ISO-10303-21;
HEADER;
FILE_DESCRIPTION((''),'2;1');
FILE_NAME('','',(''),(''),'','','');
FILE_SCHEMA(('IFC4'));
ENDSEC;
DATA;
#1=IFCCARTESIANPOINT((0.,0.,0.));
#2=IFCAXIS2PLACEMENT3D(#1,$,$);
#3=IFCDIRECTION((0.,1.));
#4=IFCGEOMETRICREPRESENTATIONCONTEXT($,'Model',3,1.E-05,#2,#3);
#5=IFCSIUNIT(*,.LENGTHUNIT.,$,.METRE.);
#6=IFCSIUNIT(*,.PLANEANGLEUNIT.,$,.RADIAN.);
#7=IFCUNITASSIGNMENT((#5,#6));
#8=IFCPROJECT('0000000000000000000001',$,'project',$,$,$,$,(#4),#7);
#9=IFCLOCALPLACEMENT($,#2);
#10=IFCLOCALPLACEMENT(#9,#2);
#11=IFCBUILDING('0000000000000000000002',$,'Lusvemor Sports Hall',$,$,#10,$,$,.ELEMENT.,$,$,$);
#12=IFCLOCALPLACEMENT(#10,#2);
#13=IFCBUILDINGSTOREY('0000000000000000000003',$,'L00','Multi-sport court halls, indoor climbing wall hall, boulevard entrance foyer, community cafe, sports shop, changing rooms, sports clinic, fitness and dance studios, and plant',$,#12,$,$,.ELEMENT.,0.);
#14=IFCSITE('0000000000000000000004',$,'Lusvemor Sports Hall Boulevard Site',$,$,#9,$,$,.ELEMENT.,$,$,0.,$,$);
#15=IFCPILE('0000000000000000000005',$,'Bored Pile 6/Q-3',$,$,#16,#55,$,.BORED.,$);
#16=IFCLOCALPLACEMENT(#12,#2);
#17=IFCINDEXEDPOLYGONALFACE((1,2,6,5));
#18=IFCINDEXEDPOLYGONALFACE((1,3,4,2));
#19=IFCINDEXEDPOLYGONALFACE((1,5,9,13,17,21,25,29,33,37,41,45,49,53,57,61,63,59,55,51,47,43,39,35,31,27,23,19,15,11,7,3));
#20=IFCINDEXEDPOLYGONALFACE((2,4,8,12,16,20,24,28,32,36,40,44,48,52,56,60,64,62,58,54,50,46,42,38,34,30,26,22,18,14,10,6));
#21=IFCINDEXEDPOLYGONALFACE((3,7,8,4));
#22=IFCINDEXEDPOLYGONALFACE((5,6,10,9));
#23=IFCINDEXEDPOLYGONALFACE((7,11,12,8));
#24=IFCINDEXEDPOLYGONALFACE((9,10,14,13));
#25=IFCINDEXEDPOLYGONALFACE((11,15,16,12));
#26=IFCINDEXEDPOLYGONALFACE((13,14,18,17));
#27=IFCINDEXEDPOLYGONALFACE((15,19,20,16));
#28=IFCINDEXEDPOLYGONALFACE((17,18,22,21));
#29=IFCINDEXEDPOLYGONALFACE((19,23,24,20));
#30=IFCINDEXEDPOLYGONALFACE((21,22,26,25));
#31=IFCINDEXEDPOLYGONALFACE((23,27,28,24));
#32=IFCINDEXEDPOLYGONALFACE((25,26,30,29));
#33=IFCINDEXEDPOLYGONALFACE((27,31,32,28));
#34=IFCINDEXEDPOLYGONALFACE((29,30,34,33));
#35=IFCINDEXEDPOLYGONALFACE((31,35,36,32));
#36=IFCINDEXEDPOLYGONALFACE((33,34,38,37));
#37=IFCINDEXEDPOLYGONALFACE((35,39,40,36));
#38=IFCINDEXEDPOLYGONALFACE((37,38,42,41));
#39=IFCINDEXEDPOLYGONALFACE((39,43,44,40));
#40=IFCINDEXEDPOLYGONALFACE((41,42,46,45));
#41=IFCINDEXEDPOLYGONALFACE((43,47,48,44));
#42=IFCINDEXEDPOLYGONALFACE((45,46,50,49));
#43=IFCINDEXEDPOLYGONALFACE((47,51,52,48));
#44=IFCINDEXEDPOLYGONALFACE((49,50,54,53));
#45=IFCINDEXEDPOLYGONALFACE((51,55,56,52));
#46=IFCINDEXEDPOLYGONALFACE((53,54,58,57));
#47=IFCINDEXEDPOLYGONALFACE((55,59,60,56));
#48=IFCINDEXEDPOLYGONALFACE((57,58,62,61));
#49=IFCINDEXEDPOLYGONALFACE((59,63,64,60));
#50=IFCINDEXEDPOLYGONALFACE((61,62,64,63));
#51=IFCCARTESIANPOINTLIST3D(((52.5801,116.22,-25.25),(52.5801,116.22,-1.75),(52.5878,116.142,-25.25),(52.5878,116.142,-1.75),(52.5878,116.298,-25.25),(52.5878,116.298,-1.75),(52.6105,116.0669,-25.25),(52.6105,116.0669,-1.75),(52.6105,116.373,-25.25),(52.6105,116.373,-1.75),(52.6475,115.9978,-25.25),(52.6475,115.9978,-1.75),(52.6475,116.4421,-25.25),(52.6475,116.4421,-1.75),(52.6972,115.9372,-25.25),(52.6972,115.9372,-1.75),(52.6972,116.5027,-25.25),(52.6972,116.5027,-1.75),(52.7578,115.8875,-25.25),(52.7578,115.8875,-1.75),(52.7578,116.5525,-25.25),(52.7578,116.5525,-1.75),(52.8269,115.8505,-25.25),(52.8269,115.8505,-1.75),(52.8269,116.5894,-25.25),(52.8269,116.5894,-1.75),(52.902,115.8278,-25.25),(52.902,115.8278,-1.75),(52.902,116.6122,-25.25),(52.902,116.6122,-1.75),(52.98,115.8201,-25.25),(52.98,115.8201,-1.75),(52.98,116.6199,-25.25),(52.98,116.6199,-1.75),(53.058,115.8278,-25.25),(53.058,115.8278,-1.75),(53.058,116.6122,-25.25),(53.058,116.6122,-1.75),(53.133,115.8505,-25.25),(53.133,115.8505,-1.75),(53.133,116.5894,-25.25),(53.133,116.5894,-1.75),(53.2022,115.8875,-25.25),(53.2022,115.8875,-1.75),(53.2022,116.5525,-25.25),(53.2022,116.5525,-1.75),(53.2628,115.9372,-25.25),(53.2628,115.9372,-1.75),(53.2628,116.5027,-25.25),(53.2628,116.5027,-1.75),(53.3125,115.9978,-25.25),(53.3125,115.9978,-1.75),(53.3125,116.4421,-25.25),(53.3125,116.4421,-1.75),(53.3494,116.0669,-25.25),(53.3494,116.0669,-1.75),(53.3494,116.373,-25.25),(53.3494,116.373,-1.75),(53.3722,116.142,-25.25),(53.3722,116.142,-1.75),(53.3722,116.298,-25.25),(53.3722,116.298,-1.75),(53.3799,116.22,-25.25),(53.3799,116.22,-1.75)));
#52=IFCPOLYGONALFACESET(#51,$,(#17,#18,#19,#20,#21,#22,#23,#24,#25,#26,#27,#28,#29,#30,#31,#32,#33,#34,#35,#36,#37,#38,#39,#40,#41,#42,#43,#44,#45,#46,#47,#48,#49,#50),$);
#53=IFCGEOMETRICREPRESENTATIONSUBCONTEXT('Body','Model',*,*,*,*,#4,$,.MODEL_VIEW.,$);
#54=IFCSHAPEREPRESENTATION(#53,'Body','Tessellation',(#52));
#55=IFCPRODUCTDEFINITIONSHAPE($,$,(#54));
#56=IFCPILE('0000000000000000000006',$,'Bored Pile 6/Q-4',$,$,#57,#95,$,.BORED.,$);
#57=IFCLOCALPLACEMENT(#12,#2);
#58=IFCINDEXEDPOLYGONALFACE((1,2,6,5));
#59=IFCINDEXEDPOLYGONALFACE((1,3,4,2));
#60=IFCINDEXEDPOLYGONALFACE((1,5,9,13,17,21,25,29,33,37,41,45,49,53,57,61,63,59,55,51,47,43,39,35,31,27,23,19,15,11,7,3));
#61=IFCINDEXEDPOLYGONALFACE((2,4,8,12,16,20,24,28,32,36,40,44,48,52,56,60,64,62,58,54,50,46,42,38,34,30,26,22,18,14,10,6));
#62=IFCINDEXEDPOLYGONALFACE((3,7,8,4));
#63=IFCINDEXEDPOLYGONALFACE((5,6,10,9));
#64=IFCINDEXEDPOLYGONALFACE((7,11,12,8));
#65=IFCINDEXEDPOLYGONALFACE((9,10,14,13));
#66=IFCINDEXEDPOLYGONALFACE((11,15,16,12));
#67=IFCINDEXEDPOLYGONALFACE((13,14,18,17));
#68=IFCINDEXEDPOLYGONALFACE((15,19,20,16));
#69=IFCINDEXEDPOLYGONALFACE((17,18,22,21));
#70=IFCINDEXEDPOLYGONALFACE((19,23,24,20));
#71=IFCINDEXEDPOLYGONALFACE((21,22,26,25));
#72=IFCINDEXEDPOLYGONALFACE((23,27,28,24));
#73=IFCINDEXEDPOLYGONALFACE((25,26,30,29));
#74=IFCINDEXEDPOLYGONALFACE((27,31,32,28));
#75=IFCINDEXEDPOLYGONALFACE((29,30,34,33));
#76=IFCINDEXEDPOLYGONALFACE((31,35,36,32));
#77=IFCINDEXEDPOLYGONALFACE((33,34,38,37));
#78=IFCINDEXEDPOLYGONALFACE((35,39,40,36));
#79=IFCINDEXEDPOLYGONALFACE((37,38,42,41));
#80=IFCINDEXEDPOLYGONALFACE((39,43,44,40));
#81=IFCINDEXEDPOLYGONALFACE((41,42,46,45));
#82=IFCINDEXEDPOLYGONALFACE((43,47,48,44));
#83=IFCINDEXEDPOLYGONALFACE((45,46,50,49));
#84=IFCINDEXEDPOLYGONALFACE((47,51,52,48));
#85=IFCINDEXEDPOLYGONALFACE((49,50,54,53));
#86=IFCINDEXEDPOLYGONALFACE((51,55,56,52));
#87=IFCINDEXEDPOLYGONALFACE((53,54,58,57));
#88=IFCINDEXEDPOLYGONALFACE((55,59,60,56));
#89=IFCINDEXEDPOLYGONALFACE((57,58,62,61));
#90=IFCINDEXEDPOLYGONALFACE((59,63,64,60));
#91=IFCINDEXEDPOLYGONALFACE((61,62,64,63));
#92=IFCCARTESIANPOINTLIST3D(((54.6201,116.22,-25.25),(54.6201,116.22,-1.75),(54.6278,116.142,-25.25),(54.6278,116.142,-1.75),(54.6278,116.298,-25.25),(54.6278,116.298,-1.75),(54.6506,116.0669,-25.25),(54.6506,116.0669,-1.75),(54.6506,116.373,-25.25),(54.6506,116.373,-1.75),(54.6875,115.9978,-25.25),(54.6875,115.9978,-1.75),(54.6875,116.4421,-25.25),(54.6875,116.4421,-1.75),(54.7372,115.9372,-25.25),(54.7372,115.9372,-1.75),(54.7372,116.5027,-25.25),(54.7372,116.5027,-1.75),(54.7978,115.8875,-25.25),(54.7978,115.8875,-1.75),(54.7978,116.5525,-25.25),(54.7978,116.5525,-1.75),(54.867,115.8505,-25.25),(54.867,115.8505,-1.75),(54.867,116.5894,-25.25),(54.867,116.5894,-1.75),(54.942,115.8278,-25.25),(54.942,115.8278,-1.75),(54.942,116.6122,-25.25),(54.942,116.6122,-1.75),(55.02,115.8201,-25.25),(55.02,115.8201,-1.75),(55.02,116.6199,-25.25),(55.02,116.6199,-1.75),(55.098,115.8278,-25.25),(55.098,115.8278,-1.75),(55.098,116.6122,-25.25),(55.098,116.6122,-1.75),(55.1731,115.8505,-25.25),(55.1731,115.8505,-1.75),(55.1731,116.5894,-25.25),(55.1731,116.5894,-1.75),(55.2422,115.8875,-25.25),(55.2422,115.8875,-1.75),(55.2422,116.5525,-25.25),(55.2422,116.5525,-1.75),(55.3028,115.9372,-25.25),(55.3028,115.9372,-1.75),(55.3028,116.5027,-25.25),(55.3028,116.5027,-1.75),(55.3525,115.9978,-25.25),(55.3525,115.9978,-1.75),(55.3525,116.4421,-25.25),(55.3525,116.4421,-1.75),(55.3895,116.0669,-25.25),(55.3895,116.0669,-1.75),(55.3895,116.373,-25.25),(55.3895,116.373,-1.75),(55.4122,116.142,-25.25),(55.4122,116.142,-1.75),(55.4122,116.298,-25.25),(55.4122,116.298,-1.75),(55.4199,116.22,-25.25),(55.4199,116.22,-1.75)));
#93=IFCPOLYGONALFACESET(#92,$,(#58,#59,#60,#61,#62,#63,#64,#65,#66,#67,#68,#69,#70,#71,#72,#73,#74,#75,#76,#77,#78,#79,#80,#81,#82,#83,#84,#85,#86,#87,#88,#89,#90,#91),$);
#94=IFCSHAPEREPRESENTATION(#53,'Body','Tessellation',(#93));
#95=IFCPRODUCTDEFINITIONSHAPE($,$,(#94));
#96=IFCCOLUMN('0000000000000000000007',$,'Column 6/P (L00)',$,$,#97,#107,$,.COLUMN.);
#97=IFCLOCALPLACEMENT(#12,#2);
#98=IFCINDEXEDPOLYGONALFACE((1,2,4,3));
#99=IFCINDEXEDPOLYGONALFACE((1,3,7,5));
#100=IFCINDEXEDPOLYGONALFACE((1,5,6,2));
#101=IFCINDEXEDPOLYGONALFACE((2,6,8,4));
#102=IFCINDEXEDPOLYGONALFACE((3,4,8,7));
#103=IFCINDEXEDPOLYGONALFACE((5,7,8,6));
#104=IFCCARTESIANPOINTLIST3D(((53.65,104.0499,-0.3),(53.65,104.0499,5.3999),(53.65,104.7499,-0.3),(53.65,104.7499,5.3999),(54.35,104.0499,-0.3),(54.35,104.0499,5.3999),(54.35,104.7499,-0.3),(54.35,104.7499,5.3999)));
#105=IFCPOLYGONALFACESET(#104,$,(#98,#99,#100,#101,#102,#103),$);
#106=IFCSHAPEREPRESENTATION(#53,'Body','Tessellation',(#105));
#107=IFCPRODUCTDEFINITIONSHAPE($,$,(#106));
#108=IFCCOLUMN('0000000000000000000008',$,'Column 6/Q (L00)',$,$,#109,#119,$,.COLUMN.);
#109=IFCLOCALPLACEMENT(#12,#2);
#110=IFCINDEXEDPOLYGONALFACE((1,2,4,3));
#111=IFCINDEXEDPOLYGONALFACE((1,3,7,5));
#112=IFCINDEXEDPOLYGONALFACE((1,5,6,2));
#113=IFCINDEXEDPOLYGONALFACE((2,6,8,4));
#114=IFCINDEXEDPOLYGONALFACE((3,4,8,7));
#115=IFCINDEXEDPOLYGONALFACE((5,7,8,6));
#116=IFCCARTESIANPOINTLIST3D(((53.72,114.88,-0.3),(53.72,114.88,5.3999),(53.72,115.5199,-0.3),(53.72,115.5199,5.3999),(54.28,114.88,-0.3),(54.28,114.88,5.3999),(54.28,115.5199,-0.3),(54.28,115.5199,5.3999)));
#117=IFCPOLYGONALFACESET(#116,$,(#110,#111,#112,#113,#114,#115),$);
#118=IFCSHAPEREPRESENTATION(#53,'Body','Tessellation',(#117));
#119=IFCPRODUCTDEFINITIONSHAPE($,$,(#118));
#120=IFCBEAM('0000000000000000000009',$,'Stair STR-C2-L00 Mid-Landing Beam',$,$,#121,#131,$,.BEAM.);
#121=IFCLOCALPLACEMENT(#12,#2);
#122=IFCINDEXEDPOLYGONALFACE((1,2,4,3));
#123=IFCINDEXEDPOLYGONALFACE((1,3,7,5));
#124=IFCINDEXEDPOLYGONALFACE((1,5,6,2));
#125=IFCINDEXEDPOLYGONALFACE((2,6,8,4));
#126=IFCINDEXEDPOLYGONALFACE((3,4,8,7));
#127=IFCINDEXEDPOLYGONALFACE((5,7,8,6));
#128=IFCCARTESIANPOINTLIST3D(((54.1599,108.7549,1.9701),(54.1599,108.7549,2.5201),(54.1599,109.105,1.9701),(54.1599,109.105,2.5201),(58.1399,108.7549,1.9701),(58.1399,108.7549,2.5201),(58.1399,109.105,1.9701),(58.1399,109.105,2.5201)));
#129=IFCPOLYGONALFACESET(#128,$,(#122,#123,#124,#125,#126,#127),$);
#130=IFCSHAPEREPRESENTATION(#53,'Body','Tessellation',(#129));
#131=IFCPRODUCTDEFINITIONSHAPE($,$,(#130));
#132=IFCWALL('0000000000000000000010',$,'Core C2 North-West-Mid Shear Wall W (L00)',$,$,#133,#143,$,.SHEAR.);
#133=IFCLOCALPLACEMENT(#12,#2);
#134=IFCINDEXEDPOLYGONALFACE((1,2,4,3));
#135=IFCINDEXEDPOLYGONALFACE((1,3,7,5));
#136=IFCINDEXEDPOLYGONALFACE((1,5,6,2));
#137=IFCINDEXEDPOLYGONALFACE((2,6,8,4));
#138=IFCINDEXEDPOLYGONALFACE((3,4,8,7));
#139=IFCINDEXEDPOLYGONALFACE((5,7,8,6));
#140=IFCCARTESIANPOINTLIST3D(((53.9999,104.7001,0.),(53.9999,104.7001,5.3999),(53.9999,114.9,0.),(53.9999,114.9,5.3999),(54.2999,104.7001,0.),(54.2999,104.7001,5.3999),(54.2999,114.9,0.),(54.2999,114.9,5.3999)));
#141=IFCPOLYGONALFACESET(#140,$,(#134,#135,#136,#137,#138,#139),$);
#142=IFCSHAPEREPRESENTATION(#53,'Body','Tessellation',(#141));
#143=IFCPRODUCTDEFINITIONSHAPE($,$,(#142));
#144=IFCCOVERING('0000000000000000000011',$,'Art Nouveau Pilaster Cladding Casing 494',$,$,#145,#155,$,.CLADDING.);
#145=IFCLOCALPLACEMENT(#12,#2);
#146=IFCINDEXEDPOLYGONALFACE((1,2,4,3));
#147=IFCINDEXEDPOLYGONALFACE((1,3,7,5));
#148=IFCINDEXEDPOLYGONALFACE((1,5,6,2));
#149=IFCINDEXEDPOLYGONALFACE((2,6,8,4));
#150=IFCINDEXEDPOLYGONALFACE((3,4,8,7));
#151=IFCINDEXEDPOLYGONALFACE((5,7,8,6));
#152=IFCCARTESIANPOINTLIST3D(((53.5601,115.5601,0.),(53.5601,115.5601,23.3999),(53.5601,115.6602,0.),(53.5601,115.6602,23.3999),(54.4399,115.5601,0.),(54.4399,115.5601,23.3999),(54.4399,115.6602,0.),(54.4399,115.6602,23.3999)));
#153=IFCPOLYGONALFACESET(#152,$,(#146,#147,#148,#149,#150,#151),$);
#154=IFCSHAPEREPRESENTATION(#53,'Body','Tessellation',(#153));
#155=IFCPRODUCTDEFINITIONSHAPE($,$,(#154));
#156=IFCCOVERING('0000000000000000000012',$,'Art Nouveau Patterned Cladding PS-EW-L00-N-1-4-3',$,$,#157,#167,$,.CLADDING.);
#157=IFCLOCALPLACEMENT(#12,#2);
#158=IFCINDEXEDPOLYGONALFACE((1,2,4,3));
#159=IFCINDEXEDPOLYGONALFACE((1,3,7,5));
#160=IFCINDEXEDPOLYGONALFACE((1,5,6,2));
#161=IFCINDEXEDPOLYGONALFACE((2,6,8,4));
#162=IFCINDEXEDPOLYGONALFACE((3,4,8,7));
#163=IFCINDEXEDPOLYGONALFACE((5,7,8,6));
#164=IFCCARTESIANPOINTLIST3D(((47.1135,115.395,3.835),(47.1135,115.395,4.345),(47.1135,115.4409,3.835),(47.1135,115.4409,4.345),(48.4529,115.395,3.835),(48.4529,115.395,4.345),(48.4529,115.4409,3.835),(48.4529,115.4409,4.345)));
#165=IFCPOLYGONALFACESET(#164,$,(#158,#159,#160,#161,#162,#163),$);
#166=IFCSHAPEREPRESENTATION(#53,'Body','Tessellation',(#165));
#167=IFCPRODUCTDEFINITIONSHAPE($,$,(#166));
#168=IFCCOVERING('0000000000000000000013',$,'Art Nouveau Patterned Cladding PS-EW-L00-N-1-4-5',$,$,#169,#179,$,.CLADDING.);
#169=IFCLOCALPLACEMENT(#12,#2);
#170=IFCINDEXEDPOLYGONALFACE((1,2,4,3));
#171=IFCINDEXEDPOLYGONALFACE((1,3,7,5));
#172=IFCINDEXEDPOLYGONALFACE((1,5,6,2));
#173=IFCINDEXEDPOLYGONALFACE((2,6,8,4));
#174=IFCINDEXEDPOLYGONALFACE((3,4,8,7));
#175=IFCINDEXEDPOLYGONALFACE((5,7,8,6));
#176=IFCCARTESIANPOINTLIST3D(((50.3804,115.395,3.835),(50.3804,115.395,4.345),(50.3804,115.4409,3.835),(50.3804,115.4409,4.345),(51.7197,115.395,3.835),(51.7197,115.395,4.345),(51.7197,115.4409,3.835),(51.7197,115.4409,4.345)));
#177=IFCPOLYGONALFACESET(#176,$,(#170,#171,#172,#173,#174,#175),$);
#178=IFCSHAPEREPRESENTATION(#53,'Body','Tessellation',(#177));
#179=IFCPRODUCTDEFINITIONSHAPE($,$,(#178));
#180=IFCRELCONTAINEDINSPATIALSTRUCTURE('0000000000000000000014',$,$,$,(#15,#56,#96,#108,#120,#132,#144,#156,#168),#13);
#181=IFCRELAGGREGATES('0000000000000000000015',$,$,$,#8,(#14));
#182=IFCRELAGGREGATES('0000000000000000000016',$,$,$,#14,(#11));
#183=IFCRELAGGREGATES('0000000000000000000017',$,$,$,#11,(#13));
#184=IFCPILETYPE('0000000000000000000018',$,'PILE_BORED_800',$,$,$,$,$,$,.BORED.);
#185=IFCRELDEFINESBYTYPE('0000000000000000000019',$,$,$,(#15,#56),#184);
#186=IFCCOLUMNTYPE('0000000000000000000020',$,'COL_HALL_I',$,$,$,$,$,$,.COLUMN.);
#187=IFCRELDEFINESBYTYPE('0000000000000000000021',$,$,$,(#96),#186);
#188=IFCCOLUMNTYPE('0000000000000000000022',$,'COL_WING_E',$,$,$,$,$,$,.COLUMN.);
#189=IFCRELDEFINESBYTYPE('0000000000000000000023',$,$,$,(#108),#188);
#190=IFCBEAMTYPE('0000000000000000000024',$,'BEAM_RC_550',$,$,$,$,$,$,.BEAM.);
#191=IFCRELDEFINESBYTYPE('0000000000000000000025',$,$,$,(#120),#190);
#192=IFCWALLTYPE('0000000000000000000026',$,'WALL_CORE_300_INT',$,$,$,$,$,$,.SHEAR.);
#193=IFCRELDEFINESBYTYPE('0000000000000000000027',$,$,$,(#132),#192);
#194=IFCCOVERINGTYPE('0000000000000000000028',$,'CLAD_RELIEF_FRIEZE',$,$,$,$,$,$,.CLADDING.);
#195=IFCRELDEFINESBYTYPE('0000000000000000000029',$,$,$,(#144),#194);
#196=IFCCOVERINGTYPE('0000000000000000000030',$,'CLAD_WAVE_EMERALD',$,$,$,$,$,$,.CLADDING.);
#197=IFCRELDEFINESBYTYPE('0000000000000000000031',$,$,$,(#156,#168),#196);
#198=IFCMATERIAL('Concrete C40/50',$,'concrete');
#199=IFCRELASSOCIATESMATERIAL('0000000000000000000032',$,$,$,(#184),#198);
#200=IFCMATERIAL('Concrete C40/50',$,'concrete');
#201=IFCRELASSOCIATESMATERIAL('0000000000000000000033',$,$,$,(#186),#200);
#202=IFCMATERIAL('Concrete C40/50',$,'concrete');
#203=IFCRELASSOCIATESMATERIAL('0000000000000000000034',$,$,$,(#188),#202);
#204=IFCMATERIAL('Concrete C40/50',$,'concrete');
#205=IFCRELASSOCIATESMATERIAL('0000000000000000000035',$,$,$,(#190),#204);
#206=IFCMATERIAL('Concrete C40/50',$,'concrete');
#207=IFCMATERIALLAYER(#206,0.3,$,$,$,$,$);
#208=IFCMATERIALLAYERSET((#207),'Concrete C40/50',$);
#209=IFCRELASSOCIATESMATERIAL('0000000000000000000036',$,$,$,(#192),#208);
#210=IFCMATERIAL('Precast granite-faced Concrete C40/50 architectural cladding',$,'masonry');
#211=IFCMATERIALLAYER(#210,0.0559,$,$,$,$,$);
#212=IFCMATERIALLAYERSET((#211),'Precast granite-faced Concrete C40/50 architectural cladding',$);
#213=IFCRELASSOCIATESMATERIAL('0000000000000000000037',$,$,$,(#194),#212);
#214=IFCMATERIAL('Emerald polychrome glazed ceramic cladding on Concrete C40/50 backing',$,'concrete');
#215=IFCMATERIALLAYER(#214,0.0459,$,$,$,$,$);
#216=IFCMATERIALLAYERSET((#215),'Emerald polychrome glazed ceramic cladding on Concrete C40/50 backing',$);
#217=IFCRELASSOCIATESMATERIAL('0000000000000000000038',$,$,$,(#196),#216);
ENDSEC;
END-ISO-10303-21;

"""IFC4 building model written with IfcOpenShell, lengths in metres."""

from ifc_helpers import new_model, si_unit, direction, frame, frame_2d, origin, origin_2d, place, context, subcontext, project, spatial, rectangle, circle, extrude, material, layer, layer_set, material_profile, profile_set, type_object, element, save


model = new_model("IFC4")

# Units and contexts
model_context = context("Model", 3, precision=1e-05, world=origin(), true_north=direction((0.0, 1.0)))
body_context = subcontext(model_context, "Body", "Model", "MODEL_VIEW")
ifc_project = project(units=[si_unit("LENGTHUNIT", "METRE"), si_unit("PLANEANGLEUNIT", "RADIAN")], contexts=[model_context])

# Site, building, storey
site_placement = place(None, origin())
site = spatial("IfcSite", under=ifc_project, at=site_placement, Name="Lusvemor Sports Hall Boulevard Site", CompositionType="ELEMENT", RefElevation=0.0)
building_placement = place(site_placement, origin())
building = spatial("IfcBuilding", under=site, at=building_placement, Name="Lusvemor Sports Hall", CompositionType="ELEMENT")
storey_placement = place(building_placement, origin())
storey = spatial("IfcBuildingStorey", under=building, at=storey_placement, Name="L00", Description="Multi-sport court halls, indoor climbing wall hall, boulevard entrance foyer, community cafe, sports shop, changing rooms, sports clinic, fitness and dance studios, and plant", CompositionType="ELEMENT", Elevation=0.0)

# Piles
ifc_material_1 = material(Name="Concrete C40/50", Category="concrete")
ifc_material_profile_1 = material_profile(ifc_material_1, circle(Radius=0.3999, at=origin_2d()), Name="PILE800")
ifc_profile_set_1 = profile_set([ifc_material_profile_1], Name="Concrete C40/50")
pile_type = type_object("IfcPileType", Name="PILE_BORED_800", PredefinedType="BORED", material=ifc_profile_set_1)
for number, where, z_axis, x_axis, name in (
    (1, (52.98, 116.22, -1.75), (0.0, 0.0, -1.0), (1.0, 0.0, 0.0), "Bored Pile 6/Q-3"),
    (2, (55.02, 116.22, -1.75), (0.0, 0.0, -1.0), (1.0, 0.0, 0.0), "Bored Pile 6/Q-4"),
):
    element("IfcPile", number, at=place(storey_placement, frame(where, z_axis=z_axis, x_axis=x_axis)), inside=storey, type_object=pile_type, Name=name, PredefinedType="BORED", context=body_context, shape_type="SweptSolid", body=[
        extrude(circle(Radius=0.3999, at=origin_2d()), origin(), (0.0, 0.0, 1.0), 23.5),
    ])

# Columns
ifc_material_2 = material(Name="Concrete C40/50", Category="concrete")
ifc_material_profile_2 = material_profile(ifc_material_2, rectangle(XDim=0.7, YDim=0.7, at=origin_2d()), Name="RC700x700")
ifc_profile_set_2 = profile_set([ifc_material_profile_2], Name="Concrete C40/50")
column_type_1 = type_object("IfcColumnType", Name="COL_HALL_I", PredefinedType="COLUMN", material=ifc_profile_set_2)
column_1_placement = place(storey_placement, frame((54.0, 104.3999, -0.3), z_axis=(0.0, 0.0, 1.0), x_axis=(1.0, 0.0, 0.0)))
element("IfcColumn", 3, at=column_1_placement, inside=storey, type_object=column_type_1, Name="Column 6/P (L00)", PredefinedType="COLUMN", context=body_context, shape_type="SweptSolid", body=[
    extrude(rectangle(XDim=0.7, YDim=0.7, at=origin_2d()), origin(), (0.0, 0.0, 1.0), 5.7),
])
ifc_material_3 = material(Name="Concrete C40/50", Category="concrete")
ifc_material_profile_3 = material_profile(ifc_material_3, rectangle(XDim=0.5601, YDim=0.6399, at=origin_2d()), Name="RC560x640")
ifc_profile_set_3 = profile_set([ifc_material_profile_3], Name="Concrete C40/50")
column_type_2 = type_object("IfcColumnType", Name="COL_WING_E", PredefinedType="COLUMN", material=ifc_profile_set_3)
column_2_placement = place(storey_placement, frame((54.0, 115.2, -0.3), z_axis=(0.0, 0.0, 1.0), x_axis=(1.0, 0.0, 0.0)))
element("IfcColumn", 4, at=column_2_placement, inside=storey, type_object=column_type_2, Name="Column 6/Q (L00)", PredefinedType="COLUMN", context=body_context, shape_type="SweptSolid", body=[
    extrude(rectangle(XDim=0.5601, YDim=0.6399, at=origin_2d()), origin(), (0.0, 0.0, 1.0), 5.7),
])

# Beam
ifc_material_4 = material(Name="Concrete C40/50", Category="concrete")
ifc_material_profile_4 = material_profile(ifc_material_4, rectangle(XDim=0.3501, YDim=0.55, at=origin_2d()), Name="RC350x550")
ifc_profile_set_4 = profile_set([ifc_material_profile_4], Name="Concrete C40/50")
beam_type = type_object("IfcBeamType", Name="BEAM_RC_550", PredefinedType="BEAM", material=ifc_profile_set_4)
beam_placement = place(storey_placement, frame((54.1599, 108.9299, 2.2451), z_axis=(1.0, 0.0, 0.0), x_axis=(0.0, 1.0, 0.0)))
element("IfcBeam", 5, at=beam_placement, inside=storey, type_object=beam_type, Name="Stair STR-C2-L00 Mid-Landing Beam", PredefinedType="BEAM", context=body_context, shape_type="SweptSolid", body=[
    extrude(rectangle(XDim=0.3501, YDim=0.55, at=origin_2d()), origin(), (0.0, 0.0, 1.0), 3.98),
])

# Wall
ifc_material_5 = material(Name="Concrete C40/50", Category="concrete")
ifc_layer_1 = layer(ifc_material_5, 0.3)
ifc_layer_set_1 = layer_set([ifc_layer_1], Name="Concrete C40/50")
wall_type_1 = type_object("IfcWallType", Name="WALL_CORE_300_INT", PredefinedType="SHEAR", material=ifc_layer_set_1)
wall_1_placement = place(storey_placement, frame((54.1499, 104.7, 0.0), z_axis=(0.0, 0.0, 1.0), x_axis=(0.0, 1.0, 0.0)))
element("IfcWall", 6, at=wall_1_placement, inside=storey, type_object=wall_type_1, Name="Core C2 North-West-Mid Shear Wall W (L00)", PredefinedType="SHEAR", context=body_context, shape_type="SweptSolid", body=[
    extrude(rectangle(XDim=10.2, YDim=0.3, at=frame_2d((5.1001, 0.0))), origin(), (0.0, 0.0, 1.0), 5.3999),
])

# Coverings
ifc_material_6 = material(Name="Precast granite-faced Concrete C40/50 architectural cladding", Category="masonry")
ifc_layer_2 = layer(ifc_material_6, 0.0559)
ifc_layer_set_2 = layer_set([ifc_layer_2], Name="Precast granite-faced Concrete C40/50 architectural cladding")
covering_type_1 = type_object("IfcCoveringType", Name="CLAD_RELIEF_FRIEZE", PredefinedType="CLADDING", material=ifc_layer_set_2)
covering_1_placement = place(storey_placement, frame((54.0, 115.6101, 0.0), z_axis=(0.0, 0.0, 1.0), x_axis=(1.0, 0.0, 0.0)))
element("IfcCovering", 7, at=covering_1_placement, inside=storey, type_object=covering_type_1, Name="Art Nouveau Pilaster Cladding Casing 494", PredefinedType="CLADDING", context=body_context, shape_type="SweptSolid", body=[
    extrude(rectangle(XDim=0.8799, YDim=0.1001, at=origin_2d()), origin(), (0.0, 0.0, 1.0), 23.3999),
])
ifc_material_7 = material(Name="Emerald polychrome glazed ceramic cladding on Concrete C40/50 backing", Category="concrete")
ifc_layer_3 = layer(ifc_material_7, 0.0459)
ifc_layer_set_3 = layer_set([ifc_layer_3], Name="Emerald polychrome glazed ceramic cladding on Concrete C40/50 backing")
covering_type_2 = type_object("IfcCoveringType", Name="CLAD_WAVE_EMERALD", PredefinedType="CLADDING", material=ifc_layer_set_3)
for number, where, z_axis, x_axis, name in (
    (8, (47.7832, 115.418, 3.835), (0.0, 0.0, 1.0), (1.0, 0.0, 0.0), "Art Nouveau Patterned Cladding PS-EW-L00-N-1-4-3"),
    (9, (51.05, 115.418, 3.835), (0.0, 0.0, 1.0), (1.0, 0.0, 0.0), "Art Nouveau Patterned Cladding PS-EW-L00-N-1-4-5"),
):
    element("IfcCovering", number, at=place(storey_placement, frame(where, z_axis=z_axis, x_axis=x_axis)), inside=storey, type_object=covering_type_2, Name=name, PredefinedType="CLADDING", context=body_context, shape_type="SweptSolid", body=[
        extrude(rectangle(XDim=1.3394, YDim=0.0459, at=origin_2d()), origin(), (0.0, 0.0, 1.0), 0.51),
    ])

save(model, "model.ifc")
